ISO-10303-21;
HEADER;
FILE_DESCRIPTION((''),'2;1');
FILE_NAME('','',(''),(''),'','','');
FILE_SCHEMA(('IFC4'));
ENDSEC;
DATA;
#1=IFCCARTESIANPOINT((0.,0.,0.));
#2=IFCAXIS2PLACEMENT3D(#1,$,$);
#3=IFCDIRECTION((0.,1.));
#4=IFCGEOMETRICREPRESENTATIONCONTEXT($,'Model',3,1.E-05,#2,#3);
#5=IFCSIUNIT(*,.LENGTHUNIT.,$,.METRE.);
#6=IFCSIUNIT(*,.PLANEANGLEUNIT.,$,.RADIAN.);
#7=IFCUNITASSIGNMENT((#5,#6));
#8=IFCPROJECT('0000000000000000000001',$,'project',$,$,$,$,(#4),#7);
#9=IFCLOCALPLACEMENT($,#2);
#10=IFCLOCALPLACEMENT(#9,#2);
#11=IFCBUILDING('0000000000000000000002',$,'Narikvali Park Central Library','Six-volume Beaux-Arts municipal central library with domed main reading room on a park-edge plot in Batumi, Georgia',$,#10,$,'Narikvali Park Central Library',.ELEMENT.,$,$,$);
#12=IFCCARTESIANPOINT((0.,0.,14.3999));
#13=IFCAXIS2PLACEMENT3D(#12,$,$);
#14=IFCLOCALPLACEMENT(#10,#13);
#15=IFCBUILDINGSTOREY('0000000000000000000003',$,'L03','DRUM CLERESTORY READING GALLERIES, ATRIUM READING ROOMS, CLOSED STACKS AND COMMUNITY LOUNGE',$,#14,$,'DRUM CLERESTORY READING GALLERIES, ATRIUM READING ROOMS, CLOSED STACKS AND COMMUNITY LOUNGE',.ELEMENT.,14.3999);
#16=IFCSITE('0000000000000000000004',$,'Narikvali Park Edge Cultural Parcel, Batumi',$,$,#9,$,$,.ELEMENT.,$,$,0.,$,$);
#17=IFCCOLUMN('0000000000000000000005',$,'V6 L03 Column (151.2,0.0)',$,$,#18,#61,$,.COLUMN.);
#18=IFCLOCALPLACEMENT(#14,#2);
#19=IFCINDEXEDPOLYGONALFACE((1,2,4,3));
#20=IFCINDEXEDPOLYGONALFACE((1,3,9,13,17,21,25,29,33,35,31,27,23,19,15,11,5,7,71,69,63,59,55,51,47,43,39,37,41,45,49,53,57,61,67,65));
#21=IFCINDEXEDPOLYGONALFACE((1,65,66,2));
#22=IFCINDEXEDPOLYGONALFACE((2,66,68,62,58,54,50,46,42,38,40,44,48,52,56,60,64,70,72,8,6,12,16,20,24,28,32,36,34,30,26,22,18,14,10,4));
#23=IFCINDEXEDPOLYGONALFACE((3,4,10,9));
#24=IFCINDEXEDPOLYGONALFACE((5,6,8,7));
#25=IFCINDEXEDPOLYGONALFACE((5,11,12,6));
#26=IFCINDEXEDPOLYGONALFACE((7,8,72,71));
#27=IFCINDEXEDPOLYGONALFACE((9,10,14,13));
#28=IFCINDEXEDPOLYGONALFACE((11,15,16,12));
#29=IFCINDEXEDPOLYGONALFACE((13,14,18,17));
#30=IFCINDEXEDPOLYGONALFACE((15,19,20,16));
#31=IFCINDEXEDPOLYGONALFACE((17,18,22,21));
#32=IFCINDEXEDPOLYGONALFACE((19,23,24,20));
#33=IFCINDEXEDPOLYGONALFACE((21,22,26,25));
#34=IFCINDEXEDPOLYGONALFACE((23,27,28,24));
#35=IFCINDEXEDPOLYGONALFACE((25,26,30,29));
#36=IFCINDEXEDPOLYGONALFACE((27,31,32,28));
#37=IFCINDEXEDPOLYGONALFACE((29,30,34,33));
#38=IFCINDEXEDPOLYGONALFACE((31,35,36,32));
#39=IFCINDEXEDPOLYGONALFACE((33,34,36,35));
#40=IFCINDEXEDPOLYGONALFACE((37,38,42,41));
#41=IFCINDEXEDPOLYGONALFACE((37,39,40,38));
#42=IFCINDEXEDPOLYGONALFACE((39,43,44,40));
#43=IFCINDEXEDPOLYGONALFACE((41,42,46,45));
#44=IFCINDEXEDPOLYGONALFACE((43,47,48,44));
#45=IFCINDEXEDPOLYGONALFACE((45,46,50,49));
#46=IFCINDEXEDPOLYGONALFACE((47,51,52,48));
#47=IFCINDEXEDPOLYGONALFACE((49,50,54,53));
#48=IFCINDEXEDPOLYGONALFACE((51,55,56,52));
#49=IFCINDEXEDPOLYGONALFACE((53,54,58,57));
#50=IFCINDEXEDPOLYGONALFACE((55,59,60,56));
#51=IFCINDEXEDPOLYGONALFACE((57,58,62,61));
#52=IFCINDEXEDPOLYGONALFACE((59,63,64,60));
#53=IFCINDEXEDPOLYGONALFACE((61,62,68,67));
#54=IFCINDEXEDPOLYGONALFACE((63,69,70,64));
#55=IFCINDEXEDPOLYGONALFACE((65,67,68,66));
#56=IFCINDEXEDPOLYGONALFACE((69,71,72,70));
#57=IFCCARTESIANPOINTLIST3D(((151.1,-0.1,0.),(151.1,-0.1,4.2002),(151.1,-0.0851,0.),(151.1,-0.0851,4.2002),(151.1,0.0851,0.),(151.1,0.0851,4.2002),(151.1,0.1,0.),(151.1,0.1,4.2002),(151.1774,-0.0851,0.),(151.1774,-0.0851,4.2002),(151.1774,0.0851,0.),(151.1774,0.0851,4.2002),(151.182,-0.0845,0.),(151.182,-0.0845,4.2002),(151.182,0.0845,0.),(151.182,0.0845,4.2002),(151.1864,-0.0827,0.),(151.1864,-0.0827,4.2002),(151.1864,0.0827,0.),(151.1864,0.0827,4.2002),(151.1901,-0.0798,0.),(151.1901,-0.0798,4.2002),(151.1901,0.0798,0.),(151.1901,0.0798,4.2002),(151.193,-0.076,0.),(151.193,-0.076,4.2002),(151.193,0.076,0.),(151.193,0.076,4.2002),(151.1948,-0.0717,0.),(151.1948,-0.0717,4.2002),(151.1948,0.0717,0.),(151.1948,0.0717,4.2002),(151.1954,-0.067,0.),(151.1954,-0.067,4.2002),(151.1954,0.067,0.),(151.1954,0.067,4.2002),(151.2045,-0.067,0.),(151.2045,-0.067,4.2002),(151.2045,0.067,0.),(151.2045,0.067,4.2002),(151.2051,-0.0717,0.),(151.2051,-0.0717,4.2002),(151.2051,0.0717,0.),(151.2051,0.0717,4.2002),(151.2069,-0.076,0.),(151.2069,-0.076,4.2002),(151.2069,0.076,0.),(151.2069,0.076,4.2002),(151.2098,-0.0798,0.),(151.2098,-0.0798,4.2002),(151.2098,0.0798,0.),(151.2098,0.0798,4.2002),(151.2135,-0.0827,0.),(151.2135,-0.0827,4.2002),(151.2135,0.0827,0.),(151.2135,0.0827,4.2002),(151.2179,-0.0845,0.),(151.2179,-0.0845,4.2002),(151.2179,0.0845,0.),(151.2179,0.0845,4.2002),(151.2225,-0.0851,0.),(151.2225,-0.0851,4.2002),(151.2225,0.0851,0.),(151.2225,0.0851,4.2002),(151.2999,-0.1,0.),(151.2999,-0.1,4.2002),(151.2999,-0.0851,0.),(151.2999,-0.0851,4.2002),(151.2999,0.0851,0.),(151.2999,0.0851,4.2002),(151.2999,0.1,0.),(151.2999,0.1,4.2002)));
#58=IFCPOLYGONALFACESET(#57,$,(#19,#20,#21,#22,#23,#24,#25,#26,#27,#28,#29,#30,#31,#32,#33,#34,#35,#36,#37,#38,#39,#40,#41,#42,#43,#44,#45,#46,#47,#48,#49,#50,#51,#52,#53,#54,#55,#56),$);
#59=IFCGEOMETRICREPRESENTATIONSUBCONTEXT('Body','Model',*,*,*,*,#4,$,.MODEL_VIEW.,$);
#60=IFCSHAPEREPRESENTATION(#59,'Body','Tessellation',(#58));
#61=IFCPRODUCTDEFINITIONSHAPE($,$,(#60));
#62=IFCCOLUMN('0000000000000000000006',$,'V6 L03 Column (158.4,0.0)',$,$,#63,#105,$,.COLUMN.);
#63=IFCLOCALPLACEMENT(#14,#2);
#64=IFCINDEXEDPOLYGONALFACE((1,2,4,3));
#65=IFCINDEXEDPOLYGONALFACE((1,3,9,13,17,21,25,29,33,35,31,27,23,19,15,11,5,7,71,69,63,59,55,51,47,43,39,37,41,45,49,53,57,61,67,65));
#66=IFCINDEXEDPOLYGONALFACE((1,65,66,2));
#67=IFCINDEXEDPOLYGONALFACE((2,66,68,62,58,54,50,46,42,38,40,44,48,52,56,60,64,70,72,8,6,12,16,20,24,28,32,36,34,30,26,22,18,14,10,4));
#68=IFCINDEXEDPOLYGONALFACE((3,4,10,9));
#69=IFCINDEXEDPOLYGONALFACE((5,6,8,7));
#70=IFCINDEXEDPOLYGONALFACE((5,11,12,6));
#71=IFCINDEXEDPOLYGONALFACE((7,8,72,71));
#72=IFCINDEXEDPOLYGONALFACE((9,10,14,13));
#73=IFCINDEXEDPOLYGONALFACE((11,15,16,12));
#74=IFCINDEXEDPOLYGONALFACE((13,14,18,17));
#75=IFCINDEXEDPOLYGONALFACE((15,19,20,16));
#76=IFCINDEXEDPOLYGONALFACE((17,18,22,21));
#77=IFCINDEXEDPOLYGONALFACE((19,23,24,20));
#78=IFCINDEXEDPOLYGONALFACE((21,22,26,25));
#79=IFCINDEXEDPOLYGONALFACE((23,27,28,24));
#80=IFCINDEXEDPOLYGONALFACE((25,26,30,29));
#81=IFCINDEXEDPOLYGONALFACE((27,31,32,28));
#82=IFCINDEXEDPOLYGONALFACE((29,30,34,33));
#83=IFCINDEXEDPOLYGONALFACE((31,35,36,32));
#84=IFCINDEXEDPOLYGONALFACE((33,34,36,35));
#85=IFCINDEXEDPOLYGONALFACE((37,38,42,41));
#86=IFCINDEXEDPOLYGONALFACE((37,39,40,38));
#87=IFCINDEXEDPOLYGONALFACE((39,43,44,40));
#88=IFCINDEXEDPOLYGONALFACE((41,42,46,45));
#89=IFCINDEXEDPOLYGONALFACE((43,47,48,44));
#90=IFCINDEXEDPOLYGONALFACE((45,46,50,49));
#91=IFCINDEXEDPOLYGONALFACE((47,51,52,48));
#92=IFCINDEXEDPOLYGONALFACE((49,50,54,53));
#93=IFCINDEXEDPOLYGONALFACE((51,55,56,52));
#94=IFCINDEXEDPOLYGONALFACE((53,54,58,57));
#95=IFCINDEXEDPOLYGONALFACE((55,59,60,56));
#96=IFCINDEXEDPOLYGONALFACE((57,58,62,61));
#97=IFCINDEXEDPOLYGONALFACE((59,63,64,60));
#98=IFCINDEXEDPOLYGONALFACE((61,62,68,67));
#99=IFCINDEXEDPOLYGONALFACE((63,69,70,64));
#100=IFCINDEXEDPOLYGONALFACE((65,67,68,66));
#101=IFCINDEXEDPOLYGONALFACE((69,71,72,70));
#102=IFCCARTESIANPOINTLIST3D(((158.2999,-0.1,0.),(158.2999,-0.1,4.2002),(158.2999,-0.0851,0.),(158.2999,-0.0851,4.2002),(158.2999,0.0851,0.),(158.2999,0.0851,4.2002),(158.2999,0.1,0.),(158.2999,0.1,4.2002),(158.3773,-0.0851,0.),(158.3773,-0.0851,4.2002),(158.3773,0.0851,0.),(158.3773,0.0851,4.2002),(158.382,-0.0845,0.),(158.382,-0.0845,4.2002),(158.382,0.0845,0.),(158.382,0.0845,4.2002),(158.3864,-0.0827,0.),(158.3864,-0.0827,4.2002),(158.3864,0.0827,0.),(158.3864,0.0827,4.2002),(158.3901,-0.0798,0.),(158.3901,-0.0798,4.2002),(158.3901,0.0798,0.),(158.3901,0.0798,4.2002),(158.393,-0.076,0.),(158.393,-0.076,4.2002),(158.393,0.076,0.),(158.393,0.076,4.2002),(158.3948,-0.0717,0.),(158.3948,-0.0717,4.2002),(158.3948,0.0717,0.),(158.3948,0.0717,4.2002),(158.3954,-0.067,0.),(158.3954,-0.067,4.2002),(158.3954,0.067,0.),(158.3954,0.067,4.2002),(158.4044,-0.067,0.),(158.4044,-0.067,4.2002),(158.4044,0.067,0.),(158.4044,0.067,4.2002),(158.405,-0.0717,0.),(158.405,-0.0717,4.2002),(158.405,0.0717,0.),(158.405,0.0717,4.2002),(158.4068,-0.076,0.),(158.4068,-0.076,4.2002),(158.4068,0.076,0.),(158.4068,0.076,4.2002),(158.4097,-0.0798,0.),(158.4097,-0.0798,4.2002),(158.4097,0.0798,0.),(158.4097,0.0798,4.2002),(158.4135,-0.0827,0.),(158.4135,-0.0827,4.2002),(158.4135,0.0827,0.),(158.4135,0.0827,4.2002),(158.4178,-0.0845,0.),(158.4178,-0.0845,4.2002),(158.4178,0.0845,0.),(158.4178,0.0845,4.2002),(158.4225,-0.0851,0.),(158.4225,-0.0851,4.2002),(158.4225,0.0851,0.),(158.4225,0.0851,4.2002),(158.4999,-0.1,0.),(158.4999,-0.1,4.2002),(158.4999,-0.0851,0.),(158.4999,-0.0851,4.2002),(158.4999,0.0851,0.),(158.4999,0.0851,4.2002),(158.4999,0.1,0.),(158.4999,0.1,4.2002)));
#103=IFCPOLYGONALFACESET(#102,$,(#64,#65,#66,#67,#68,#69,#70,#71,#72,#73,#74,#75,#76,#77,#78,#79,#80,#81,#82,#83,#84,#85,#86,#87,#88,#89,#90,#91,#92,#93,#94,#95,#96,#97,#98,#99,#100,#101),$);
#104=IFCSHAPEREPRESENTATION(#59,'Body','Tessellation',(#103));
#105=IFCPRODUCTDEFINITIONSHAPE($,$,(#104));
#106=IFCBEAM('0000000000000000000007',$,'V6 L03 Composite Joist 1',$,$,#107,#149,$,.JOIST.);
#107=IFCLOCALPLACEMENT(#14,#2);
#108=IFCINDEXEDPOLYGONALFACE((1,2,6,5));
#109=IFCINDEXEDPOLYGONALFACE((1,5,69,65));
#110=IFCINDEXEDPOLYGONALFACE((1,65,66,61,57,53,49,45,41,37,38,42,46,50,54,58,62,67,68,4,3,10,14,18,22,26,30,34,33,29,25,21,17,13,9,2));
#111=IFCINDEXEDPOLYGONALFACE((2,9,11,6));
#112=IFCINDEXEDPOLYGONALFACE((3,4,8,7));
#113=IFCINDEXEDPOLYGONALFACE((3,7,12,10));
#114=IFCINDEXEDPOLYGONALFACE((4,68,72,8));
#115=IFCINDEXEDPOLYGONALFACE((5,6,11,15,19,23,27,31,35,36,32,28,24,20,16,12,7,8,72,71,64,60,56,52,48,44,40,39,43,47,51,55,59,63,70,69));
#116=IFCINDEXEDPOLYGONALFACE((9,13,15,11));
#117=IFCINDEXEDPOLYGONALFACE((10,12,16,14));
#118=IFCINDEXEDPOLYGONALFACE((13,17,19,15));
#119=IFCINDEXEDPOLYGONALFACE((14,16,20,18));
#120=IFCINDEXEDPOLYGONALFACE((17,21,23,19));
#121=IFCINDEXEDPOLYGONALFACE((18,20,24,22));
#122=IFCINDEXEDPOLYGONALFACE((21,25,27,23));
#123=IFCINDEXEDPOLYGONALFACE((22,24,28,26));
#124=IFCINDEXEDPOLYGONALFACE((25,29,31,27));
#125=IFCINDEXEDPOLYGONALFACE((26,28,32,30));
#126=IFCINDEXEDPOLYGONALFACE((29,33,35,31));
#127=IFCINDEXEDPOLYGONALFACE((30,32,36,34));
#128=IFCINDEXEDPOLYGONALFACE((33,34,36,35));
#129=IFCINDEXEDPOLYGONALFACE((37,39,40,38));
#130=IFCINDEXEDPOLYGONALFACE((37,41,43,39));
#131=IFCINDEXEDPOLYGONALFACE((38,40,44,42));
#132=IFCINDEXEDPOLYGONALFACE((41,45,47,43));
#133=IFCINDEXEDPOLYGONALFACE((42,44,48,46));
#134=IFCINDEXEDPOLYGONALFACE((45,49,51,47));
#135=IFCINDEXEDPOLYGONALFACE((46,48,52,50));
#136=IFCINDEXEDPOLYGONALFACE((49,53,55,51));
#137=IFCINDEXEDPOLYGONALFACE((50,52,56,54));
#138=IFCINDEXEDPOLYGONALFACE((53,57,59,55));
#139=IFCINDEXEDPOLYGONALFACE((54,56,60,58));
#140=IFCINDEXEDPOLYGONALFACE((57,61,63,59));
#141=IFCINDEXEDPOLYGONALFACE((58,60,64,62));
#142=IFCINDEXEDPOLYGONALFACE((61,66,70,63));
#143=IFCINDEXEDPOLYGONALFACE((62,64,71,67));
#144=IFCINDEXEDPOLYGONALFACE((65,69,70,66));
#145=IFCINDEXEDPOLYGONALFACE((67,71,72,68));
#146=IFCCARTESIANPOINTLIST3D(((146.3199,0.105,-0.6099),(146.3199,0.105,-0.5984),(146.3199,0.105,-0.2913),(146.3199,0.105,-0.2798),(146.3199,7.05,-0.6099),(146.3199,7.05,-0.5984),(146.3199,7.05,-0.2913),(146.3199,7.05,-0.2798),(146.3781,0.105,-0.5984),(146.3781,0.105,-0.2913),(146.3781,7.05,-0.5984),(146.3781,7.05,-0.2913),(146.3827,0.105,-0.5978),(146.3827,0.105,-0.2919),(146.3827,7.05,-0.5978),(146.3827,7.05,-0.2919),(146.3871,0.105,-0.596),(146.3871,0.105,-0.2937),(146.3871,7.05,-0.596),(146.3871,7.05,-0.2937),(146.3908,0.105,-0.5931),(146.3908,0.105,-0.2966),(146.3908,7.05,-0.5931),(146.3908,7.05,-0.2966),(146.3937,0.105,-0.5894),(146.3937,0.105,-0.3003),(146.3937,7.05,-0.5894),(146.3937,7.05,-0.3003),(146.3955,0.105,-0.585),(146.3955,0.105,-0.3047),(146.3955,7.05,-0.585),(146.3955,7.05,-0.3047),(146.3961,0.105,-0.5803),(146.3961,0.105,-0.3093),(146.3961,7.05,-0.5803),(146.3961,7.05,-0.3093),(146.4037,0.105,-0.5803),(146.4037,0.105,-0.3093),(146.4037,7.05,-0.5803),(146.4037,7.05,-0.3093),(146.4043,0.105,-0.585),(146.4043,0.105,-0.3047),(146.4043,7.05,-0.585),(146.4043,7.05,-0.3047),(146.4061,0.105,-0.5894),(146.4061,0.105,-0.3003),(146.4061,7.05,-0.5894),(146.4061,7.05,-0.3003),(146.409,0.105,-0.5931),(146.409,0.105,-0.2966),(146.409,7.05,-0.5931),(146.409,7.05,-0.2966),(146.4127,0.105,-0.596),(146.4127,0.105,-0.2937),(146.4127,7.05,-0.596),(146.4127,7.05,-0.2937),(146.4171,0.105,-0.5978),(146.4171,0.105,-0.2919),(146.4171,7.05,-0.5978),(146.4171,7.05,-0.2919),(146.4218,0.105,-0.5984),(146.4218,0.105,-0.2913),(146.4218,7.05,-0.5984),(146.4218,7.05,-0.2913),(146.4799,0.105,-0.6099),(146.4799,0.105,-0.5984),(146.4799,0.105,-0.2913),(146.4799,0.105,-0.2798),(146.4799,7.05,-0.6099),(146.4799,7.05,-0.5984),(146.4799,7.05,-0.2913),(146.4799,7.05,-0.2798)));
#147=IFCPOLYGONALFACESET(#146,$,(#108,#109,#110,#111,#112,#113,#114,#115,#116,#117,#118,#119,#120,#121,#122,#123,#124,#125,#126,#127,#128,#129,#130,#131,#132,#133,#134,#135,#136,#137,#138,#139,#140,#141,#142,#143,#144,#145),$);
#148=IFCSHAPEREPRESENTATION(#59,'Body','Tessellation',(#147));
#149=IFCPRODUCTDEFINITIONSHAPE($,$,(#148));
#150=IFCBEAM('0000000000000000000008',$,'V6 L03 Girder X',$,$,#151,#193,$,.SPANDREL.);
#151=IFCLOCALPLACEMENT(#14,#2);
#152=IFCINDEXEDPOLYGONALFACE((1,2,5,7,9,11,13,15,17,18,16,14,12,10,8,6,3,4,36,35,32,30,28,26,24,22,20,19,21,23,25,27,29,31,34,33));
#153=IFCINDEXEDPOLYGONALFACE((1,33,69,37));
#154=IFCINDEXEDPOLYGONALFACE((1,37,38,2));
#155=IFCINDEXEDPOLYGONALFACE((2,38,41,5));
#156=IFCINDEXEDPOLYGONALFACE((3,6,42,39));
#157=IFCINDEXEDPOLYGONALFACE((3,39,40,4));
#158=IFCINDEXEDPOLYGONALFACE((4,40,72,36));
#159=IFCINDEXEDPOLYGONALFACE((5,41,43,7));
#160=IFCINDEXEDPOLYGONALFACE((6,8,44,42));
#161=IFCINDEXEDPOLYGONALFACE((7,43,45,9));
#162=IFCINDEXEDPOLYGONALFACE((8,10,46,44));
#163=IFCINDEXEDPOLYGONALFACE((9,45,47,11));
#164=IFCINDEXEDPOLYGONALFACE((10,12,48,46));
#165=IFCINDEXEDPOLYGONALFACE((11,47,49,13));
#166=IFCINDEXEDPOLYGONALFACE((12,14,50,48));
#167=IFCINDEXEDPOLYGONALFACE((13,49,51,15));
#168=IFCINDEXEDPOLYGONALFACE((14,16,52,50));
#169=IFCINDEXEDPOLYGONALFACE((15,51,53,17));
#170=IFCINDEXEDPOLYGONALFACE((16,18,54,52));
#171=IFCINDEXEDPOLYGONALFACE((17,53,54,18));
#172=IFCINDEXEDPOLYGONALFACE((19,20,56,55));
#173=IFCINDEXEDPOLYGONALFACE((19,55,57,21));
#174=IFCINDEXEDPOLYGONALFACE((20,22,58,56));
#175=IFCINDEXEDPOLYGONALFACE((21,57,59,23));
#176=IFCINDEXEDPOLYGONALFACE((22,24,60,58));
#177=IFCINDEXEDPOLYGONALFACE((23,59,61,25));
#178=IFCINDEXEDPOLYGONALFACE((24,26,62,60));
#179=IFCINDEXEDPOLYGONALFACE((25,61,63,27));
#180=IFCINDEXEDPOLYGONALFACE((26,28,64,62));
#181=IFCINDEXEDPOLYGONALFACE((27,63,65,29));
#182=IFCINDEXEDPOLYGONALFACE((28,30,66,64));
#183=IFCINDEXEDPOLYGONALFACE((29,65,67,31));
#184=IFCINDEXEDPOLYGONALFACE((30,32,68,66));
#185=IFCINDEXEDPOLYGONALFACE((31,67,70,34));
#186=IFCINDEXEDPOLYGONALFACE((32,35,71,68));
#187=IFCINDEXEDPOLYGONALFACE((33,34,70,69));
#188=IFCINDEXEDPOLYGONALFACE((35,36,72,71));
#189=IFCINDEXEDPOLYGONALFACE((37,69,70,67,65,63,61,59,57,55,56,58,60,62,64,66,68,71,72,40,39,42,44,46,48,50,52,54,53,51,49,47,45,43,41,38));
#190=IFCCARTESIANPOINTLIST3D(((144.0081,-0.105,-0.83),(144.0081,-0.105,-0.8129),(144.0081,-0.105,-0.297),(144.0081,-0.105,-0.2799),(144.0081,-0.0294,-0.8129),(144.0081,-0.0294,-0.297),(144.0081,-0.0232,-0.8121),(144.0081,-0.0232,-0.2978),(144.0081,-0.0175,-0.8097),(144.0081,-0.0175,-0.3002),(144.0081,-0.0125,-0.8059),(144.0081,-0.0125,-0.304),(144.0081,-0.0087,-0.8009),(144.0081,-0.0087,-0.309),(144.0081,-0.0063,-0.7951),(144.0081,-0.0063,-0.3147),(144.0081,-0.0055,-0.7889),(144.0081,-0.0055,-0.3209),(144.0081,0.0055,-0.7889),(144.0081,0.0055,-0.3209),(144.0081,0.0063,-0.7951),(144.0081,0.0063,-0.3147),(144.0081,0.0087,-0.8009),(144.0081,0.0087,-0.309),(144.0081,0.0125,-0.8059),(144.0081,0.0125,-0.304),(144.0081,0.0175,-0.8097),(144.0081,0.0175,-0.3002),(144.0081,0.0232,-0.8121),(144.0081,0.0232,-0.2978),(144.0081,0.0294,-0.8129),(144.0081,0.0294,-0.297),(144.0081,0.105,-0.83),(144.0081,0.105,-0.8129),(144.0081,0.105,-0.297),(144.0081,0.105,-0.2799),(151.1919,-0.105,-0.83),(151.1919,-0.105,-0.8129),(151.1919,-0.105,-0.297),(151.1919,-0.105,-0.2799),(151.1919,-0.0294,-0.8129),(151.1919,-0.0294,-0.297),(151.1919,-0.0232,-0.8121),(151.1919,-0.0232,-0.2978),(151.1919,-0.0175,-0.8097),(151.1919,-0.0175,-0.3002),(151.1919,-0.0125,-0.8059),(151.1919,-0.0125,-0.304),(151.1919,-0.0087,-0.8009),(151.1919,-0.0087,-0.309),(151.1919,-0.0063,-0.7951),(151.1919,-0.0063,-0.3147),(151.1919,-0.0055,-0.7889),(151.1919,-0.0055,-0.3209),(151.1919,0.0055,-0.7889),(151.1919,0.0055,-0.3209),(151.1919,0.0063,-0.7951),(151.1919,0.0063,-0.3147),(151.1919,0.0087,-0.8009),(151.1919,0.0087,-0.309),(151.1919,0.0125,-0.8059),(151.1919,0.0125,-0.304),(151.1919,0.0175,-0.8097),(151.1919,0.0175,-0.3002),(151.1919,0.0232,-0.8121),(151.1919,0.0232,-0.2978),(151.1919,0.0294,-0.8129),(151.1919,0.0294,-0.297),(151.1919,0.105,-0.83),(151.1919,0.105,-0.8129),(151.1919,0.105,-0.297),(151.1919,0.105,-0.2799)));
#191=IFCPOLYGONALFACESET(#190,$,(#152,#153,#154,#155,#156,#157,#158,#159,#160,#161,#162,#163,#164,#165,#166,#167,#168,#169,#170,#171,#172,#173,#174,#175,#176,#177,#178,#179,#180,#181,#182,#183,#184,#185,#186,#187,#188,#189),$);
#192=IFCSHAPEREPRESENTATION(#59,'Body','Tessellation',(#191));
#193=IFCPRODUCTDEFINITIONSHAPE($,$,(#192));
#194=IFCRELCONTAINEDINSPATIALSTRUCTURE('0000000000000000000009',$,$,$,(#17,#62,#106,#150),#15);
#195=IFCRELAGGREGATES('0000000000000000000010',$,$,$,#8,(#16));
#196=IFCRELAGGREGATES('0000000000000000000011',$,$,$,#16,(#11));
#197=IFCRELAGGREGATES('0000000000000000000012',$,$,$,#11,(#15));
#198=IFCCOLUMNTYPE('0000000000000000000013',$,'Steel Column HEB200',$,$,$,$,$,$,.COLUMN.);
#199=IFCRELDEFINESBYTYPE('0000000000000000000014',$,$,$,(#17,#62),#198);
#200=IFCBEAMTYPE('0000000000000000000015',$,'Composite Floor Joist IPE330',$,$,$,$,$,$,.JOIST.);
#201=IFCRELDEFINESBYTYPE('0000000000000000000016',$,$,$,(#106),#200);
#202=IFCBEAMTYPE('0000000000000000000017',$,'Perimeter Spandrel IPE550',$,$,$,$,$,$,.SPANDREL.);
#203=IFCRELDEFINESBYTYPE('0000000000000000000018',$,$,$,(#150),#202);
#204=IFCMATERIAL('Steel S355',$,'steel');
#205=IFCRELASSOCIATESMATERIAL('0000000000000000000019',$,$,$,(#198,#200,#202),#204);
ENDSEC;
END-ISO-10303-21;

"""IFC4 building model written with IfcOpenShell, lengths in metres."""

from ifc_helpers import new_model, si_unit, direction, frame, origin, origin_2d, place, context, subcontext, project, spatial, i_section, extrude, material, material_profile, profile_set, type_object, element, save


model = new_model("IFC4")

# Units and contexts
model_context = context("Model", 3, precision=1e-05, world=origin(), true_north=direction((0.0, 1.0)))
body_context = subcontext(model_context, "Body", "Model", "MODEL_VIEW")
ifc_project = project(units=[si_unit("LENGTHUNIT", "METRE"), si_unit("PLANEANGLEUNIT", "RADIAN")], contexts=[model_context])

# Site, building, storey
site_placement = place(None, origin())
site = spatial("IfcSite", under=ifc_project, at=site_placement, Name="Narikvali Park Edge Cultural Parcel, Batumi", CompositionType="ELEMENT", RefElevation=0.0)
building_placement = place(site_placement, origin())
building = spatial("IfcBuilding", under=site, at=building_placement, Name="Narikvali Park Central Library", Description="Six-volume Beaux-Arts municipal central library with domed main reading room on a park-edge plot in Batumi, Georgia", LongName="Narikvali Park Central Library", CompositionType="ELEMENT")
storey_placement = place(building_placement, frame((0.0, 0.0, 14.3999)))
storey = spatial("IfcBuildingStorey", under=building, at=storey_placement, Name="L03", Description="DRUM CLERESTORY READING GALLERIES, ATRIUM READING ROOMS, CLOSED STACKS AND COMMUNITY LOUNGE", LongName="DRUM CLERESTORY READING GALLERIES, ATRIUM READING ROOMS, CLOSED STACKS AND COMMUNITY LOUNGE", CompositionType="ELEMENT", Elevation=14.3999)

# Columns
ifc_material_1 = material(Name="Steel S355", Category="steel")
ifc_material_profile_1 = material_profile(ifc_material_1, i_section(OverallWidth=0.2, OverallDepth=0.2, WebThickness=0.009, FlangeThickness=0.0149, FilletRadius=0.0181, at=origin_2d()), Name="HEB 200")
ifc_profile_set_1 = profile_set([ifc_material_profile_1], Name="Steel S355")
column_type = type_object("IfcColumnType", Name="Steel Column HEB200", PredefinedType="COLUMN", material=ifc_profile_set_1)
for number, where, z_axis, x_axis, name in (
    (1, (151.2, 0.0, 0.0), (0.0, 0.0, 1.0), (1.0, 0.0, 0.0), "V6 L03 Column (151.2,0.0)"),
    (2, (158.3999, 0.0, 0.0), (0.0, 0.0, 1.0), (1.0, 0.0, 0.0), "V6 L03 Column (158.4,0.0)"),
):
    element("IfcColumn", number, at=place(storey_placement, frame(where, z_axis=z_axis, x_axis=x_axis)), inside=storey, type_object=column_type, Name=name, PredefinedType="COLUMN", context=body_context, shape_type="SweptSolid", body=[
        extrude(i_section(OverallWidth=0.2, OverallDepth=0.2, WebThickness=0.009, FlangeThickness=0.0149, FilletRadius=0.0181, at=origin_2d()), origin(), (0.0, 0.0, 1.0), 4.2002),
    ])

# Beams
ifc_material_profile_2 = material_profile(ifc_material_1, i_section(OverallWidth=0.1599, OverallDepth=0.3301, WebThickness=0.0076, FlangeThickness=0.0115, FilletRadius=0.0181, at=origin_2d()), Name="IPE 330")
ifc_profile_set_2 = profile_set([ifc_material_profile_2], Name="Steel S355")
beam_type_1 = type_object("IfcBeamType", Name="Composite Floor Joist IPE330", PredefinedType="JOIST", material=ifc_profile_set_2)
beam_1_placement = place(storey_placement, frame((146.3999, 0.105, -0.4448), z_axis=(0.0, 1.0, 0.0), x_axis=(-1.0, 0.0, 0.0)))
element("IfcBeam", 3, at=beam_1_placement, inside=storey, type_object=beam_type_1, Name="V6 L03 Composite Joist 1", PredefinedType="JOIST", context=body_context, shape_type="SweptSolid", body=[
    extrude(i_section(OverallWidth=0.1599, OverallDepth=0.3301, WebThickness=0.0076, FlangeThickness=0.0115, FilletRadius=0.0181, at=origin_2d()), origin(), (0.0, 0.0, 1.0), 6.9451),
])
ifc_material_profile_3 = material_profile(ifc_material_1, i_section(OverallWidth=0.21, OverallDepth=0.55, WebThickness=0.011, FlangeThickness=0.0171, FilletRadius=0.0239, at=origin_2d()), Name="IPE 550")
ifc_profile_set_3 = profile_set([ifc_material_profile_3], Name="Steel S355")
beam_type_2 = type_object("IfcBeamType", Name="Perimeter Spandrel IPE550", PredefinedType="SPANDREL", material=ifc_profile_set_3)
beam_2_placement = place(storey_placement, frame((144.0081, 0.0, -0.5549), z_axis=(1.0, 0.0, 0.0), x_axis=(0.0, 1.0, 0.0)))
element("IfcBeam", 4, at=beam_2_placement, inside=storey, type_object=beam_type_2, Name="V6 L03 Girder X", PredefinedType="SPANDREL", context=body_context, shape_type="SweptSolid", body=[
    extrude(i_section(OverallWidth=0.21, OverallDepth=0.55, WebThickness=0.011, FlangeThickness=0.0171, FilletRadius=0.0239, at=origin_2d()), origin(), (0.0, 0.0, 1.0), 7.1838),
])

save(model, "model.ifc")
